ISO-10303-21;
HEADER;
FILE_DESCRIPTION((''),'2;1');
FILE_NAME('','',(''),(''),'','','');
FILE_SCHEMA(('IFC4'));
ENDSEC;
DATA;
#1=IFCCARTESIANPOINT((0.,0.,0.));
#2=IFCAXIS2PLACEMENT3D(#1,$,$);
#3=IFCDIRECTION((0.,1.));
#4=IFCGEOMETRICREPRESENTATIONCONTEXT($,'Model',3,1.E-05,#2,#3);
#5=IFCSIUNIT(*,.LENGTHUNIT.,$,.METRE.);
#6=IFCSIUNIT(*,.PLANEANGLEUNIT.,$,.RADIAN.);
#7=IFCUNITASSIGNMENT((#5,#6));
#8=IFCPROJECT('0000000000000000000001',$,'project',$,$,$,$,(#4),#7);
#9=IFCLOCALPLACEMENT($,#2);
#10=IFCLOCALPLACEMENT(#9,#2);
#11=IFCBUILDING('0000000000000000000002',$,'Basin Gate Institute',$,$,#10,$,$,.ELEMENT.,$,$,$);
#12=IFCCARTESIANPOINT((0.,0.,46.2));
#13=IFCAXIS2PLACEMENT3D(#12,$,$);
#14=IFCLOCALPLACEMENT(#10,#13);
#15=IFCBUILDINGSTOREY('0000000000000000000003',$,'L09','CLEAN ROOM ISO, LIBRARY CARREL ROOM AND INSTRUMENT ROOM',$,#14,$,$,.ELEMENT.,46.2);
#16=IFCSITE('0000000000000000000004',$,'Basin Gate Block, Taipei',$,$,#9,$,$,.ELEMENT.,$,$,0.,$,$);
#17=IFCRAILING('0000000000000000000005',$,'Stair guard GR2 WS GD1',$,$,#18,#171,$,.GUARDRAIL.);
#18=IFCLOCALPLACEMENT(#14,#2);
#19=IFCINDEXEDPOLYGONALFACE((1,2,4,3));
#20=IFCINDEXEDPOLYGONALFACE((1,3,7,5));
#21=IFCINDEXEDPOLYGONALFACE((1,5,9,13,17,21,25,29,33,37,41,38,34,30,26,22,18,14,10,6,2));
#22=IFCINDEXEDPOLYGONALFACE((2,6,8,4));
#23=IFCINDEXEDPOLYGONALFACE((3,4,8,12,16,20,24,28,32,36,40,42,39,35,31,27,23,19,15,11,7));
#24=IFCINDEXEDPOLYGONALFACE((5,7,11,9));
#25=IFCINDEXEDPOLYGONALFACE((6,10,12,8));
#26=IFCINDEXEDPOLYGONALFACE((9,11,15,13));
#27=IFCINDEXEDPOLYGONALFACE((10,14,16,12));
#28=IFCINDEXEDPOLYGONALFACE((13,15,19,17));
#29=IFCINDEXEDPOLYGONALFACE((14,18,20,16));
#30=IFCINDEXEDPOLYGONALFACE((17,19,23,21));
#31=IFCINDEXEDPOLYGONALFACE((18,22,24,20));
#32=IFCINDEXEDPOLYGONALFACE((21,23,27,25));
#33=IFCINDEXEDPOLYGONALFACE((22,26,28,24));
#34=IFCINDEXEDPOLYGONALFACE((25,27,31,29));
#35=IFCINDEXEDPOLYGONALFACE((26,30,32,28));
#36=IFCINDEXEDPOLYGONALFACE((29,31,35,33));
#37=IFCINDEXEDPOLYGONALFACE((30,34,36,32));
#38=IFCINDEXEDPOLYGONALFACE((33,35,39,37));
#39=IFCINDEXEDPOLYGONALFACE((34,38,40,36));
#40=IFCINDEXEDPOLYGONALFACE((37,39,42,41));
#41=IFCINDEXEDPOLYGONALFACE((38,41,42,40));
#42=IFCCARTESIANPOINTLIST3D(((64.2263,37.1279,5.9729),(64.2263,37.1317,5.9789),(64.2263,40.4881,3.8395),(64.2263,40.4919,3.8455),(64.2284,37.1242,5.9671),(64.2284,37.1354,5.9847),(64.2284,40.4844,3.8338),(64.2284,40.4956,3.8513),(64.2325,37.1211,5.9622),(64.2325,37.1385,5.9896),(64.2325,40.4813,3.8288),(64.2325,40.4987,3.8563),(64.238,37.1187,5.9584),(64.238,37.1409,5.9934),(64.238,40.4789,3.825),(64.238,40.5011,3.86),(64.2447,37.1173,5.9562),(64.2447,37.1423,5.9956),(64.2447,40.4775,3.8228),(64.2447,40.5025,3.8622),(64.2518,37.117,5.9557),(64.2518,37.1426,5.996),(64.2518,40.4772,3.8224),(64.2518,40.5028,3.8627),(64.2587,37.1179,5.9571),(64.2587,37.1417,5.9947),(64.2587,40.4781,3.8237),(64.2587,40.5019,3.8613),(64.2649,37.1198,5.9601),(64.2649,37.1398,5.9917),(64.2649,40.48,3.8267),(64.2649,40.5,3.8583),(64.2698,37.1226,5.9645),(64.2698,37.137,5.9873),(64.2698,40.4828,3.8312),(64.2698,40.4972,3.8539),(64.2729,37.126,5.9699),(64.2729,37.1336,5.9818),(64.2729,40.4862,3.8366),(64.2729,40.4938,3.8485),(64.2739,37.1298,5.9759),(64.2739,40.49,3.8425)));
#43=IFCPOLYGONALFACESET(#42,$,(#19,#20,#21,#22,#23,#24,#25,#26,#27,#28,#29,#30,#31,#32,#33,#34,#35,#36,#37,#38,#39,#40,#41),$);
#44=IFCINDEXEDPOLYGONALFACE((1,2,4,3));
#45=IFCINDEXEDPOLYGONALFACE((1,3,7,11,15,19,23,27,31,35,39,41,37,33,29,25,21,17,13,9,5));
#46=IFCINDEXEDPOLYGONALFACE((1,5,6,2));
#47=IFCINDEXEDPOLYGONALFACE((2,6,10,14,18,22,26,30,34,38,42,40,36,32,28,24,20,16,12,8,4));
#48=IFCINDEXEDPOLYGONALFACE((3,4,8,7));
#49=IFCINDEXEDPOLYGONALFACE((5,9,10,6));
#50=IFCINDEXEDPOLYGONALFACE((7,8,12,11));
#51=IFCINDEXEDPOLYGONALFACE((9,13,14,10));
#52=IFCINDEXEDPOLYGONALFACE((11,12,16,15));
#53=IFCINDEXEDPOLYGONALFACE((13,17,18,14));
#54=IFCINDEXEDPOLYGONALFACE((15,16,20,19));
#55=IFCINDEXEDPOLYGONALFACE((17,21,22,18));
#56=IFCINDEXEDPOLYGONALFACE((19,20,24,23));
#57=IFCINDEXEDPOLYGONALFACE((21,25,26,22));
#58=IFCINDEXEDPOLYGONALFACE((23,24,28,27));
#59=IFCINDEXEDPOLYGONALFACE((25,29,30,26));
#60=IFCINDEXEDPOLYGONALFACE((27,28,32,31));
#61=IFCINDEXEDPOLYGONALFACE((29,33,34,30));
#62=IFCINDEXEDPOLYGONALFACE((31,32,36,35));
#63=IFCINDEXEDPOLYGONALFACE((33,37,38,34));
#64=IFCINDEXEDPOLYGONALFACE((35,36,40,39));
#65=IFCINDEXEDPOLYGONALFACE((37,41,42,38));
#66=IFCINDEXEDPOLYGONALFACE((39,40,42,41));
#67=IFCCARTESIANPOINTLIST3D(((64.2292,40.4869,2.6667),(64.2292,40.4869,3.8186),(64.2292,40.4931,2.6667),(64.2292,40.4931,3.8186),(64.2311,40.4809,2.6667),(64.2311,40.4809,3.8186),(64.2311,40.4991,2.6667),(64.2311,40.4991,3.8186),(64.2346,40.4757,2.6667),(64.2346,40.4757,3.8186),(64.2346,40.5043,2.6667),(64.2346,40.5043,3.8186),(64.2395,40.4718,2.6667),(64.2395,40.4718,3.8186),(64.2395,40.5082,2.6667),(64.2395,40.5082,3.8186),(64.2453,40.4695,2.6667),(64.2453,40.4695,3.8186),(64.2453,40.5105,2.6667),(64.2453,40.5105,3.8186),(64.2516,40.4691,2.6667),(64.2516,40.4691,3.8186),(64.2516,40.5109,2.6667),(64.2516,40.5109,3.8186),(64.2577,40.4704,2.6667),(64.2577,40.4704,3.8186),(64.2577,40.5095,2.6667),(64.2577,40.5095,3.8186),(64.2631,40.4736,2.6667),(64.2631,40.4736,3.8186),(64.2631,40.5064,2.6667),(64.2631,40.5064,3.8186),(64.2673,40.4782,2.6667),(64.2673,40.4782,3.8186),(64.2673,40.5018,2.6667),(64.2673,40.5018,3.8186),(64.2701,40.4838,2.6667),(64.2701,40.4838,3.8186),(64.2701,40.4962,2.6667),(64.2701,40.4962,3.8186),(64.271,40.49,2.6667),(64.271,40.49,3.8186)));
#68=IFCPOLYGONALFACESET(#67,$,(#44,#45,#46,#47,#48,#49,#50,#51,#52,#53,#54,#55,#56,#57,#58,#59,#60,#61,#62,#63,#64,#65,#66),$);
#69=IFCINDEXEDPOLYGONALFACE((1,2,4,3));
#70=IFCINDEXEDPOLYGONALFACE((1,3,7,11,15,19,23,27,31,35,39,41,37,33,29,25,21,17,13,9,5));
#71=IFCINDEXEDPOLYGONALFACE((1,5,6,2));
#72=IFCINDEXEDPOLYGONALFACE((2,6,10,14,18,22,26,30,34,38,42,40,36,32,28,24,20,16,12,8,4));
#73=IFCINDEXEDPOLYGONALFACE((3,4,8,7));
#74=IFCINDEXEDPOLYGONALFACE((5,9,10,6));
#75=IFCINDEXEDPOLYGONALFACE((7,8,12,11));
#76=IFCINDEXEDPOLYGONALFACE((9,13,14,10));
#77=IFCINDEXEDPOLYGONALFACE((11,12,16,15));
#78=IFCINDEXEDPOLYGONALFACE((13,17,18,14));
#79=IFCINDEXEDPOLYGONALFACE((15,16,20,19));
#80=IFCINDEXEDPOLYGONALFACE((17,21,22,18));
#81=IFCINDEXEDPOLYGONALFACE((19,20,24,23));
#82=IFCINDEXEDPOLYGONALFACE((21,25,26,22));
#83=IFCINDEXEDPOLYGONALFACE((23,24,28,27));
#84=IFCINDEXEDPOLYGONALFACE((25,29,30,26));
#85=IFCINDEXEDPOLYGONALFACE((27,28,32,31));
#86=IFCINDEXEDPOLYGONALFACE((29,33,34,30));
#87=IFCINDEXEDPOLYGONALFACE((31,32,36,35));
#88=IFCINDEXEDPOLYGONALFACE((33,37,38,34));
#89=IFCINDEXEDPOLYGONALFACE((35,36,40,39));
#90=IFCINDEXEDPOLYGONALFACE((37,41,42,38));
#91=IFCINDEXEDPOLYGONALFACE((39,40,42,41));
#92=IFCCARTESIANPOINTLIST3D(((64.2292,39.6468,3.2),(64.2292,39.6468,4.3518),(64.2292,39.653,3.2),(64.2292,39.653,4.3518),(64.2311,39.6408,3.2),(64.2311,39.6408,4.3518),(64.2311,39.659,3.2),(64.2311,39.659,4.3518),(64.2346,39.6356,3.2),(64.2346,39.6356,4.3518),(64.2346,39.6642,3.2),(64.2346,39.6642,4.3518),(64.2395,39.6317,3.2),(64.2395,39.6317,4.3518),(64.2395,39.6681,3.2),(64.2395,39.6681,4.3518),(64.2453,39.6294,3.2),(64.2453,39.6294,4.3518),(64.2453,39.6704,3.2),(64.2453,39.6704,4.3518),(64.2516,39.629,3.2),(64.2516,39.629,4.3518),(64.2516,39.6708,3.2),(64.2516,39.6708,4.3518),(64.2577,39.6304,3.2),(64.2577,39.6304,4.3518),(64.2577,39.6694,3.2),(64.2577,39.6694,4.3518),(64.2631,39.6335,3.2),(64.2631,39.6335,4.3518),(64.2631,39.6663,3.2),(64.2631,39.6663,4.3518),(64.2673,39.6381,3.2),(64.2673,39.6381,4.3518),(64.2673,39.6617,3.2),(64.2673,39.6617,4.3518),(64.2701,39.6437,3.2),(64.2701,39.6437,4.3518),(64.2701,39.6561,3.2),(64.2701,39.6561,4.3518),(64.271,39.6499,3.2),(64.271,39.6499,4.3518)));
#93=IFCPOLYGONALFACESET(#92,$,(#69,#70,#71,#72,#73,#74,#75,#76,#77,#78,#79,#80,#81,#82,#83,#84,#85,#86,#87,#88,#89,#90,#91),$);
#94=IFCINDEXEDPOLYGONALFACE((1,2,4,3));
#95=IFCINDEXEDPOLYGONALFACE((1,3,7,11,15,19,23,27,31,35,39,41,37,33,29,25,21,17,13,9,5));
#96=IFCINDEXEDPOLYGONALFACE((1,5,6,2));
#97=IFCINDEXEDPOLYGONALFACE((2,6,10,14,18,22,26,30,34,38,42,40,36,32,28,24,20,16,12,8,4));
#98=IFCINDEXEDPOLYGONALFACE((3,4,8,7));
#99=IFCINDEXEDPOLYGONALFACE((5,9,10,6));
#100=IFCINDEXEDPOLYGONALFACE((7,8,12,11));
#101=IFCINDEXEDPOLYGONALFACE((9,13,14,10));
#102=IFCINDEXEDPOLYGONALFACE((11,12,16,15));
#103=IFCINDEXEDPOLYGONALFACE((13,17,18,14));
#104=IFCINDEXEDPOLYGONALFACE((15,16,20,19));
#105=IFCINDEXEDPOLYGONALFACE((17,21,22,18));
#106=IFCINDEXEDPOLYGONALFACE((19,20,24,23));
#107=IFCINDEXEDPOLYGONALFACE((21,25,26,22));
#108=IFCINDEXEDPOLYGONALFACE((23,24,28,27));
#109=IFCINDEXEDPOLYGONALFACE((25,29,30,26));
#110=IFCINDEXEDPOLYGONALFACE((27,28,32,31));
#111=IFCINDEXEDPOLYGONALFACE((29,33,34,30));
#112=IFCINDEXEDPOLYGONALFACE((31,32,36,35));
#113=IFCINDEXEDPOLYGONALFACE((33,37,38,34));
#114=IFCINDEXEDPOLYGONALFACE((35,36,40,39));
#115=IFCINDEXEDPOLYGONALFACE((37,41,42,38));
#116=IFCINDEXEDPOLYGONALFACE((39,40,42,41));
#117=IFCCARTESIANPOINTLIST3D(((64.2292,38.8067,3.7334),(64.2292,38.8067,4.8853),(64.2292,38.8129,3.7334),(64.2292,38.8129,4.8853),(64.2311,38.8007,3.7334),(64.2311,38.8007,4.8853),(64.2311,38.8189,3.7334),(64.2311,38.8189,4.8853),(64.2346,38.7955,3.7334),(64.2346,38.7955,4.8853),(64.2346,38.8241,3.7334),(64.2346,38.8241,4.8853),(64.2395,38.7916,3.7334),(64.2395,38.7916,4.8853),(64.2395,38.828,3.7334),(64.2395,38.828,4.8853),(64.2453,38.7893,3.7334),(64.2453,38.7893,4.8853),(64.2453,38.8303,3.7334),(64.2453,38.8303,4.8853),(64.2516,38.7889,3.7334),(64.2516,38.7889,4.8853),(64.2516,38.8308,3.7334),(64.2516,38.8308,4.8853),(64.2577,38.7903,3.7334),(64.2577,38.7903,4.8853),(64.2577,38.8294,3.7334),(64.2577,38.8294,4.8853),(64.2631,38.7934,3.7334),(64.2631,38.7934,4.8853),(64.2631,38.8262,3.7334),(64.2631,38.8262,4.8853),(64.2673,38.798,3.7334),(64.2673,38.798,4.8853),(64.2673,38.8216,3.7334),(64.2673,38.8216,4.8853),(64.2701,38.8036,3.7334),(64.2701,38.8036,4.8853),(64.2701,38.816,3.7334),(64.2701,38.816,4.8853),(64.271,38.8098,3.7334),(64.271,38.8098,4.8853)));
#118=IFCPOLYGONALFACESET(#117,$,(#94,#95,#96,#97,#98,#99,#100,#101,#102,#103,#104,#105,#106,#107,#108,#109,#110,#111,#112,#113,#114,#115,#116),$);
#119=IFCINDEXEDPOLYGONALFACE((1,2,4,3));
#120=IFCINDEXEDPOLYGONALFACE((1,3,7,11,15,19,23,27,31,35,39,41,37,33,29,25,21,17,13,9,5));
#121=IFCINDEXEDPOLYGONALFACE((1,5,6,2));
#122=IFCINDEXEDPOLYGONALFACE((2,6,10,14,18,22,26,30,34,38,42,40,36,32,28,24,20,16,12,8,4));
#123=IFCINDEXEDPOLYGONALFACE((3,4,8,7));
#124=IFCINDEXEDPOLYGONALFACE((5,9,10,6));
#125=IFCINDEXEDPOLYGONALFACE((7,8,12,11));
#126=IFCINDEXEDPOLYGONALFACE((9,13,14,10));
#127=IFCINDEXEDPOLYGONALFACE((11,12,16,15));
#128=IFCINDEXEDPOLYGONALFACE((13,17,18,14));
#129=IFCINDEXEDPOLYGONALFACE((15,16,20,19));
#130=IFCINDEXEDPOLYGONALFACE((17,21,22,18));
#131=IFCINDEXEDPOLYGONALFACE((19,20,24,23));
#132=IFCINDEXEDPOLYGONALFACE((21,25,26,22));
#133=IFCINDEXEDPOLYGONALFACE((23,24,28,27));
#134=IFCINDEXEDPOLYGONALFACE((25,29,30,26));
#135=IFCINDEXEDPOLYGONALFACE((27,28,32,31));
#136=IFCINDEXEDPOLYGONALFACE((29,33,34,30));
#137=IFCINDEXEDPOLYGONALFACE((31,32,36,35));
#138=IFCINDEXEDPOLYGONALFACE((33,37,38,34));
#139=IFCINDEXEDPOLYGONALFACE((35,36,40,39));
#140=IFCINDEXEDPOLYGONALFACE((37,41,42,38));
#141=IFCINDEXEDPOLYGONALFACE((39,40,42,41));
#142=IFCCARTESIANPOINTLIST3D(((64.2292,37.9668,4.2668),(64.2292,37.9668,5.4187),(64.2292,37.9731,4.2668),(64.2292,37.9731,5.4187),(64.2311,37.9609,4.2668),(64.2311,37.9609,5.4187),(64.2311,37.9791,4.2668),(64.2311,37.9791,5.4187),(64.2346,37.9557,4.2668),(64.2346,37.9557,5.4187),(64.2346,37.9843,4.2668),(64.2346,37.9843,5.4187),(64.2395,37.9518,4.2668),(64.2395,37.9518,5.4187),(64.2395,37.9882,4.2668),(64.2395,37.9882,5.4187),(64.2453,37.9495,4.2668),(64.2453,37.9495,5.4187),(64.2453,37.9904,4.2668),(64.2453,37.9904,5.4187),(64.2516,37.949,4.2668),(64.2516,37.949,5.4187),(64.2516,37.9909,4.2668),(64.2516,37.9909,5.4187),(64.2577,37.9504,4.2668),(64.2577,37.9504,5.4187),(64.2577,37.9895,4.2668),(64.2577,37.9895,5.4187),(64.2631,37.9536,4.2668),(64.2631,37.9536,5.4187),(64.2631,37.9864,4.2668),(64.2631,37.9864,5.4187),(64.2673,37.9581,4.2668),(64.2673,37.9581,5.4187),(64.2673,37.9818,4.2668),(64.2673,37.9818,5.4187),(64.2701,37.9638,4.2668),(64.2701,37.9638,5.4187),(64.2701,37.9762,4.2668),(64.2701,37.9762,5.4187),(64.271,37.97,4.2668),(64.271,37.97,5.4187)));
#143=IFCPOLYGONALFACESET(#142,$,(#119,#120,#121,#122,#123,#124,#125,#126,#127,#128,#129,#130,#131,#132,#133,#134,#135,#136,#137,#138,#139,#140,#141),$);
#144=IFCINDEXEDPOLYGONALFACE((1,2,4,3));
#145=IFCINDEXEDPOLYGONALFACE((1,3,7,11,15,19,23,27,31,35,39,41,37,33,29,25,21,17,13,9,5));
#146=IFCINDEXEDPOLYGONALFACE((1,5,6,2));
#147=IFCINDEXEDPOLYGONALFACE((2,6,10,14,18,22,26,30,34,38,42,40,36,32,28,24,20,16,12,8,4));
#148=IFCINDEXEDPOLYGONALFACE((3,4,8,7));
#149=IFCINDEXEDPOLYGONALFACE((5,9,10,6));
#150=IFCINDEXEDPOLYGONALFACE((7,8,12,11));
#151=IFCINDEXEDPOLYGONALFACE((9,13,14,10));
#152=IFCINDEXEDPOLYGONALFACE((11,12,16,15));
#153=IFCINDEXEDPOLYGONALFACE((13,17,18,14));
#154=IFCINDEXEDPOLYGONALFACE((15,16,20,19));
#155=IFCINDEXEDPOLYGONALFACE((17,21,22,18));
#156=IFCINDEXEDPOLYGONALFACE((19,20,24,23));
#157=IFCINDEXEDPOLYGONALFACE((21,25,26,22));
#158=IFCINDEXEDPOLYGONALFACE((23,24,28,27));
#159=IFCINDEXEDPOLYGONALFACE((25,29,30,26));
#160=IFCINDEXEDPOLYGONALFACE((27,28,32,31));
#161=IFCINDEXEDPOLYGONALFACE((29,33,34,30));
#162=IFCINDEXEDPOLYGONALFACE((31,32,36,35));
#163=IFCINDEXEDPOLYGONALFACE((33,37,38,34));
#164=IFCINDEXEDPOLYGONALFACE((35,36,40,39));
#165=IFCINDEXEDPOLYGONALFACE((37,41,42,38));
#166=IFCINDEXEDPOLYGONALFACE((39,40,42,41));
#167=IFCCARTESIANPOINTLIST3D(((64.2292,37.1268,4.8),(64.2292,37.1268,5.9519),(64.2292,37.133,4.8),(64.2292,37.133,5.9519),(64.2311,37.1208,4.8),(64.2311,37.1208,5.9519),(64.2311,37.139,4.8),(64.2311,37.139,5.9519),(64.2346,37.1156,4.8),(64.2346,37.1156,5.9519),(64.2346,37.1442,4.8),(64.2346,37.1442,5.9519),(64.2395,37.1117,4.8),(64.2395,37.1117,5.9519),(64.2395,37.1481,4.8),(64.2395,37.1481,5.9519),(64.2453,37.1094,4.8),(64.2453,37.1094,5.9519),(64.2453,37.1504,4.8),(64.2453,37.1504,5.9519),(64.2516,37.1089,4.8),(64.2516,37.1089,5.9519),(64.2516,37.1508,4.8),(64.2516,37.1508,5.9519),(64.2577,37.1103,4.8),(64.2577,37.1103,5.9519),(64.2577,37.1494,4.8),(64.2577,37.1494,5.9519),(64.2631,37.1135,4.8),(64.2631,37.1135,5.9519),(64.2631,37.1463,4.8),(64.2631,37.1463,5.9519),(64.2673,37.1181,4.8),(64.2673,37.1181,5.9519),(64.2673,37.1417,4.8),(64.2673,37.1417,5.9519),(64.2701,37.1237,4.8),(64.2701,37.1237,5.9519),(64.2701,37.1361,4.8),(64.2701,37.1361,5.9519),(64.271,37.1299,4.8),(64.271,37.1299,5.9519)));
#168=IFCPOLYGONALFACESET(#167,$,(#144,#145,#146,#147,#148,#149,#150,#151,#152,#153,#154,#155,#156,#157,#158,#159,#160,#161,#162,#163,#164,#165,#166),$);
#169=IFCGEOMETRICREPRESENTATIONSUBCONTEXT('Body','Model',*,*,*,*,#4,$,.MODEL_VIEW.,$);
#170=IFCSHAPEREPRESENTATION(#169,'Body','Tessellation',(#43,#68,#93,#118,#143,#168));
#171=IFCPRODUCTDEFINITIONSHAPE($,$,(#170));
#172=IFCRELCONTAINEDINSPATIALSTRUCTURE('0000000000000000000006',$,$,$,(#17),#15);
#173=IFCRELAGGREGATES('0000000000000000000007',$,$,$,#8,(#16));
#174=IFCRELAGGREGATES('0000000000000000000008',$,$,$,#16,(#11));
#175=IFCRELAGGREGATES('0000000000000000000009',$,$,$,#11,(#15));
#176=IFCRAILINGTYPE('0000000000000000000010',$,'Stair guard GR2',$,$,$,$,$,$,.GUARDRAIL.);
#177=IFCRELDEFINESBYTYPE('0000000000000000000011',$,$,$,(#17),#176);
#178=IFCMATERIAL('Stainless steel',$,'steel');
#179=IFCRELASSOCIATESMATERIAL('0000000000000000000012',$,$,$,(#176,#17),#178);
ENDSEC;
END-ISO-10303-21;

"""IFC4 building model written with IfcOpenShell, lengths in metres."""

from ifc_helpers import new_model, si_unit, direction, frame, origin, origin_2d, place, context, subcontext, project, spatial, circle, extrude, material, type_object, element, save


model = new_model("IFC4")

# Units and contexts
model_context = context("Model", 3, precision=1e-05, world=origin(), true_north=direction((0.0, 1.0)))
body_context = subcontext(model_context, "Body", "Model", "MODEL_VIEW")
ifc_project = project(units=[si_unit("LENGTHUNIT", "METRE"), si_unit("PLANEANGLEUNIT", "RADIAN")], contexts=[model_context])

# Site, building, storey
site_placement = place(None, origin())
site = spatial("IfcSite", under=ifc_project, at=site_placement, Name="Basin Gate Block, Taipei", CompositionType="ELEMENT", RefElevation=0.0)
building_placement = place(site_placement, origin())
building = spatial("IfcBuilding", under=site, at=building_placement, Name="Basin Gate Institute", CompositionType="ELEMENT")
storey_placement = place(building_placement, frame((0.0, 0.0, 46.2)))
storey = spatial("IfcBuildingStorey", under=building, at=storey_placement, Name="L09", Description="CLEAN ROOM ISO, LIBRARY CARREL ROOM AND INSTRUMENT ROOM", CompositionType="ELEMENT", Elevation=46.2)

# Railing
ifc_material_1 = material(Name="Stainless steel", Category="steel")
railing_type_1 = type_object("IfcRailingType", Name="Stair guard GR2", PredefinedType="GUARDRAIL", material=ifc_material_1)
railing_1_placement = place(storey_placement, frame((64.25, 40.49, 2.6667)))
element("IfcRailing", 1, at=railing_1_placement, inside=storey, type_object=railing_type_1, material=ifc_material_1, Name="Stair guard GR2 WS GD1", PredefinedType="GUARDRAIL", context=body_context, shape_type="SweptSolid", body=[
    extrude(circle(Radius=0.0239, at=origin_2d()), frame((0.0, 0.0, 1.1758), z_axis=(0.0, -0.844224, 0.53599), x_axis=(1.0, 0.0, 0.0)), (0.0, 0.0, 1.0), 3.9802),
    extrude(circle(Radius=0.021, at=origin_2d()), origin(), (0.0, 0.0, 1.0), 1.1519),
    extrude(circle(Radius=0.021, at=origin_2d()), frame((0.0, -0.8401, 0.5332)), (0.0, 0.0, 1.0), 1.1519),
    extrude(circle(Radius=0.021, at=origin_2d()), frame((0.0, -1.6802, 1.0667)), (0.0, 0.0, 1.0), 1.1519),
    extrude(circle(Radius=0.021, at=origin_2d()), frame((0.0, -2.52, 1.6001)), (0.0, 0.0, 1.0), 1.1519),
    extrude(circle(Radius=0.021, at=origin_2d()), frame((0.0, -3.3601, 2.1333)), (0.0, 0.0, 1.0), 1.1519),
])

save(model, "model.ifc")
